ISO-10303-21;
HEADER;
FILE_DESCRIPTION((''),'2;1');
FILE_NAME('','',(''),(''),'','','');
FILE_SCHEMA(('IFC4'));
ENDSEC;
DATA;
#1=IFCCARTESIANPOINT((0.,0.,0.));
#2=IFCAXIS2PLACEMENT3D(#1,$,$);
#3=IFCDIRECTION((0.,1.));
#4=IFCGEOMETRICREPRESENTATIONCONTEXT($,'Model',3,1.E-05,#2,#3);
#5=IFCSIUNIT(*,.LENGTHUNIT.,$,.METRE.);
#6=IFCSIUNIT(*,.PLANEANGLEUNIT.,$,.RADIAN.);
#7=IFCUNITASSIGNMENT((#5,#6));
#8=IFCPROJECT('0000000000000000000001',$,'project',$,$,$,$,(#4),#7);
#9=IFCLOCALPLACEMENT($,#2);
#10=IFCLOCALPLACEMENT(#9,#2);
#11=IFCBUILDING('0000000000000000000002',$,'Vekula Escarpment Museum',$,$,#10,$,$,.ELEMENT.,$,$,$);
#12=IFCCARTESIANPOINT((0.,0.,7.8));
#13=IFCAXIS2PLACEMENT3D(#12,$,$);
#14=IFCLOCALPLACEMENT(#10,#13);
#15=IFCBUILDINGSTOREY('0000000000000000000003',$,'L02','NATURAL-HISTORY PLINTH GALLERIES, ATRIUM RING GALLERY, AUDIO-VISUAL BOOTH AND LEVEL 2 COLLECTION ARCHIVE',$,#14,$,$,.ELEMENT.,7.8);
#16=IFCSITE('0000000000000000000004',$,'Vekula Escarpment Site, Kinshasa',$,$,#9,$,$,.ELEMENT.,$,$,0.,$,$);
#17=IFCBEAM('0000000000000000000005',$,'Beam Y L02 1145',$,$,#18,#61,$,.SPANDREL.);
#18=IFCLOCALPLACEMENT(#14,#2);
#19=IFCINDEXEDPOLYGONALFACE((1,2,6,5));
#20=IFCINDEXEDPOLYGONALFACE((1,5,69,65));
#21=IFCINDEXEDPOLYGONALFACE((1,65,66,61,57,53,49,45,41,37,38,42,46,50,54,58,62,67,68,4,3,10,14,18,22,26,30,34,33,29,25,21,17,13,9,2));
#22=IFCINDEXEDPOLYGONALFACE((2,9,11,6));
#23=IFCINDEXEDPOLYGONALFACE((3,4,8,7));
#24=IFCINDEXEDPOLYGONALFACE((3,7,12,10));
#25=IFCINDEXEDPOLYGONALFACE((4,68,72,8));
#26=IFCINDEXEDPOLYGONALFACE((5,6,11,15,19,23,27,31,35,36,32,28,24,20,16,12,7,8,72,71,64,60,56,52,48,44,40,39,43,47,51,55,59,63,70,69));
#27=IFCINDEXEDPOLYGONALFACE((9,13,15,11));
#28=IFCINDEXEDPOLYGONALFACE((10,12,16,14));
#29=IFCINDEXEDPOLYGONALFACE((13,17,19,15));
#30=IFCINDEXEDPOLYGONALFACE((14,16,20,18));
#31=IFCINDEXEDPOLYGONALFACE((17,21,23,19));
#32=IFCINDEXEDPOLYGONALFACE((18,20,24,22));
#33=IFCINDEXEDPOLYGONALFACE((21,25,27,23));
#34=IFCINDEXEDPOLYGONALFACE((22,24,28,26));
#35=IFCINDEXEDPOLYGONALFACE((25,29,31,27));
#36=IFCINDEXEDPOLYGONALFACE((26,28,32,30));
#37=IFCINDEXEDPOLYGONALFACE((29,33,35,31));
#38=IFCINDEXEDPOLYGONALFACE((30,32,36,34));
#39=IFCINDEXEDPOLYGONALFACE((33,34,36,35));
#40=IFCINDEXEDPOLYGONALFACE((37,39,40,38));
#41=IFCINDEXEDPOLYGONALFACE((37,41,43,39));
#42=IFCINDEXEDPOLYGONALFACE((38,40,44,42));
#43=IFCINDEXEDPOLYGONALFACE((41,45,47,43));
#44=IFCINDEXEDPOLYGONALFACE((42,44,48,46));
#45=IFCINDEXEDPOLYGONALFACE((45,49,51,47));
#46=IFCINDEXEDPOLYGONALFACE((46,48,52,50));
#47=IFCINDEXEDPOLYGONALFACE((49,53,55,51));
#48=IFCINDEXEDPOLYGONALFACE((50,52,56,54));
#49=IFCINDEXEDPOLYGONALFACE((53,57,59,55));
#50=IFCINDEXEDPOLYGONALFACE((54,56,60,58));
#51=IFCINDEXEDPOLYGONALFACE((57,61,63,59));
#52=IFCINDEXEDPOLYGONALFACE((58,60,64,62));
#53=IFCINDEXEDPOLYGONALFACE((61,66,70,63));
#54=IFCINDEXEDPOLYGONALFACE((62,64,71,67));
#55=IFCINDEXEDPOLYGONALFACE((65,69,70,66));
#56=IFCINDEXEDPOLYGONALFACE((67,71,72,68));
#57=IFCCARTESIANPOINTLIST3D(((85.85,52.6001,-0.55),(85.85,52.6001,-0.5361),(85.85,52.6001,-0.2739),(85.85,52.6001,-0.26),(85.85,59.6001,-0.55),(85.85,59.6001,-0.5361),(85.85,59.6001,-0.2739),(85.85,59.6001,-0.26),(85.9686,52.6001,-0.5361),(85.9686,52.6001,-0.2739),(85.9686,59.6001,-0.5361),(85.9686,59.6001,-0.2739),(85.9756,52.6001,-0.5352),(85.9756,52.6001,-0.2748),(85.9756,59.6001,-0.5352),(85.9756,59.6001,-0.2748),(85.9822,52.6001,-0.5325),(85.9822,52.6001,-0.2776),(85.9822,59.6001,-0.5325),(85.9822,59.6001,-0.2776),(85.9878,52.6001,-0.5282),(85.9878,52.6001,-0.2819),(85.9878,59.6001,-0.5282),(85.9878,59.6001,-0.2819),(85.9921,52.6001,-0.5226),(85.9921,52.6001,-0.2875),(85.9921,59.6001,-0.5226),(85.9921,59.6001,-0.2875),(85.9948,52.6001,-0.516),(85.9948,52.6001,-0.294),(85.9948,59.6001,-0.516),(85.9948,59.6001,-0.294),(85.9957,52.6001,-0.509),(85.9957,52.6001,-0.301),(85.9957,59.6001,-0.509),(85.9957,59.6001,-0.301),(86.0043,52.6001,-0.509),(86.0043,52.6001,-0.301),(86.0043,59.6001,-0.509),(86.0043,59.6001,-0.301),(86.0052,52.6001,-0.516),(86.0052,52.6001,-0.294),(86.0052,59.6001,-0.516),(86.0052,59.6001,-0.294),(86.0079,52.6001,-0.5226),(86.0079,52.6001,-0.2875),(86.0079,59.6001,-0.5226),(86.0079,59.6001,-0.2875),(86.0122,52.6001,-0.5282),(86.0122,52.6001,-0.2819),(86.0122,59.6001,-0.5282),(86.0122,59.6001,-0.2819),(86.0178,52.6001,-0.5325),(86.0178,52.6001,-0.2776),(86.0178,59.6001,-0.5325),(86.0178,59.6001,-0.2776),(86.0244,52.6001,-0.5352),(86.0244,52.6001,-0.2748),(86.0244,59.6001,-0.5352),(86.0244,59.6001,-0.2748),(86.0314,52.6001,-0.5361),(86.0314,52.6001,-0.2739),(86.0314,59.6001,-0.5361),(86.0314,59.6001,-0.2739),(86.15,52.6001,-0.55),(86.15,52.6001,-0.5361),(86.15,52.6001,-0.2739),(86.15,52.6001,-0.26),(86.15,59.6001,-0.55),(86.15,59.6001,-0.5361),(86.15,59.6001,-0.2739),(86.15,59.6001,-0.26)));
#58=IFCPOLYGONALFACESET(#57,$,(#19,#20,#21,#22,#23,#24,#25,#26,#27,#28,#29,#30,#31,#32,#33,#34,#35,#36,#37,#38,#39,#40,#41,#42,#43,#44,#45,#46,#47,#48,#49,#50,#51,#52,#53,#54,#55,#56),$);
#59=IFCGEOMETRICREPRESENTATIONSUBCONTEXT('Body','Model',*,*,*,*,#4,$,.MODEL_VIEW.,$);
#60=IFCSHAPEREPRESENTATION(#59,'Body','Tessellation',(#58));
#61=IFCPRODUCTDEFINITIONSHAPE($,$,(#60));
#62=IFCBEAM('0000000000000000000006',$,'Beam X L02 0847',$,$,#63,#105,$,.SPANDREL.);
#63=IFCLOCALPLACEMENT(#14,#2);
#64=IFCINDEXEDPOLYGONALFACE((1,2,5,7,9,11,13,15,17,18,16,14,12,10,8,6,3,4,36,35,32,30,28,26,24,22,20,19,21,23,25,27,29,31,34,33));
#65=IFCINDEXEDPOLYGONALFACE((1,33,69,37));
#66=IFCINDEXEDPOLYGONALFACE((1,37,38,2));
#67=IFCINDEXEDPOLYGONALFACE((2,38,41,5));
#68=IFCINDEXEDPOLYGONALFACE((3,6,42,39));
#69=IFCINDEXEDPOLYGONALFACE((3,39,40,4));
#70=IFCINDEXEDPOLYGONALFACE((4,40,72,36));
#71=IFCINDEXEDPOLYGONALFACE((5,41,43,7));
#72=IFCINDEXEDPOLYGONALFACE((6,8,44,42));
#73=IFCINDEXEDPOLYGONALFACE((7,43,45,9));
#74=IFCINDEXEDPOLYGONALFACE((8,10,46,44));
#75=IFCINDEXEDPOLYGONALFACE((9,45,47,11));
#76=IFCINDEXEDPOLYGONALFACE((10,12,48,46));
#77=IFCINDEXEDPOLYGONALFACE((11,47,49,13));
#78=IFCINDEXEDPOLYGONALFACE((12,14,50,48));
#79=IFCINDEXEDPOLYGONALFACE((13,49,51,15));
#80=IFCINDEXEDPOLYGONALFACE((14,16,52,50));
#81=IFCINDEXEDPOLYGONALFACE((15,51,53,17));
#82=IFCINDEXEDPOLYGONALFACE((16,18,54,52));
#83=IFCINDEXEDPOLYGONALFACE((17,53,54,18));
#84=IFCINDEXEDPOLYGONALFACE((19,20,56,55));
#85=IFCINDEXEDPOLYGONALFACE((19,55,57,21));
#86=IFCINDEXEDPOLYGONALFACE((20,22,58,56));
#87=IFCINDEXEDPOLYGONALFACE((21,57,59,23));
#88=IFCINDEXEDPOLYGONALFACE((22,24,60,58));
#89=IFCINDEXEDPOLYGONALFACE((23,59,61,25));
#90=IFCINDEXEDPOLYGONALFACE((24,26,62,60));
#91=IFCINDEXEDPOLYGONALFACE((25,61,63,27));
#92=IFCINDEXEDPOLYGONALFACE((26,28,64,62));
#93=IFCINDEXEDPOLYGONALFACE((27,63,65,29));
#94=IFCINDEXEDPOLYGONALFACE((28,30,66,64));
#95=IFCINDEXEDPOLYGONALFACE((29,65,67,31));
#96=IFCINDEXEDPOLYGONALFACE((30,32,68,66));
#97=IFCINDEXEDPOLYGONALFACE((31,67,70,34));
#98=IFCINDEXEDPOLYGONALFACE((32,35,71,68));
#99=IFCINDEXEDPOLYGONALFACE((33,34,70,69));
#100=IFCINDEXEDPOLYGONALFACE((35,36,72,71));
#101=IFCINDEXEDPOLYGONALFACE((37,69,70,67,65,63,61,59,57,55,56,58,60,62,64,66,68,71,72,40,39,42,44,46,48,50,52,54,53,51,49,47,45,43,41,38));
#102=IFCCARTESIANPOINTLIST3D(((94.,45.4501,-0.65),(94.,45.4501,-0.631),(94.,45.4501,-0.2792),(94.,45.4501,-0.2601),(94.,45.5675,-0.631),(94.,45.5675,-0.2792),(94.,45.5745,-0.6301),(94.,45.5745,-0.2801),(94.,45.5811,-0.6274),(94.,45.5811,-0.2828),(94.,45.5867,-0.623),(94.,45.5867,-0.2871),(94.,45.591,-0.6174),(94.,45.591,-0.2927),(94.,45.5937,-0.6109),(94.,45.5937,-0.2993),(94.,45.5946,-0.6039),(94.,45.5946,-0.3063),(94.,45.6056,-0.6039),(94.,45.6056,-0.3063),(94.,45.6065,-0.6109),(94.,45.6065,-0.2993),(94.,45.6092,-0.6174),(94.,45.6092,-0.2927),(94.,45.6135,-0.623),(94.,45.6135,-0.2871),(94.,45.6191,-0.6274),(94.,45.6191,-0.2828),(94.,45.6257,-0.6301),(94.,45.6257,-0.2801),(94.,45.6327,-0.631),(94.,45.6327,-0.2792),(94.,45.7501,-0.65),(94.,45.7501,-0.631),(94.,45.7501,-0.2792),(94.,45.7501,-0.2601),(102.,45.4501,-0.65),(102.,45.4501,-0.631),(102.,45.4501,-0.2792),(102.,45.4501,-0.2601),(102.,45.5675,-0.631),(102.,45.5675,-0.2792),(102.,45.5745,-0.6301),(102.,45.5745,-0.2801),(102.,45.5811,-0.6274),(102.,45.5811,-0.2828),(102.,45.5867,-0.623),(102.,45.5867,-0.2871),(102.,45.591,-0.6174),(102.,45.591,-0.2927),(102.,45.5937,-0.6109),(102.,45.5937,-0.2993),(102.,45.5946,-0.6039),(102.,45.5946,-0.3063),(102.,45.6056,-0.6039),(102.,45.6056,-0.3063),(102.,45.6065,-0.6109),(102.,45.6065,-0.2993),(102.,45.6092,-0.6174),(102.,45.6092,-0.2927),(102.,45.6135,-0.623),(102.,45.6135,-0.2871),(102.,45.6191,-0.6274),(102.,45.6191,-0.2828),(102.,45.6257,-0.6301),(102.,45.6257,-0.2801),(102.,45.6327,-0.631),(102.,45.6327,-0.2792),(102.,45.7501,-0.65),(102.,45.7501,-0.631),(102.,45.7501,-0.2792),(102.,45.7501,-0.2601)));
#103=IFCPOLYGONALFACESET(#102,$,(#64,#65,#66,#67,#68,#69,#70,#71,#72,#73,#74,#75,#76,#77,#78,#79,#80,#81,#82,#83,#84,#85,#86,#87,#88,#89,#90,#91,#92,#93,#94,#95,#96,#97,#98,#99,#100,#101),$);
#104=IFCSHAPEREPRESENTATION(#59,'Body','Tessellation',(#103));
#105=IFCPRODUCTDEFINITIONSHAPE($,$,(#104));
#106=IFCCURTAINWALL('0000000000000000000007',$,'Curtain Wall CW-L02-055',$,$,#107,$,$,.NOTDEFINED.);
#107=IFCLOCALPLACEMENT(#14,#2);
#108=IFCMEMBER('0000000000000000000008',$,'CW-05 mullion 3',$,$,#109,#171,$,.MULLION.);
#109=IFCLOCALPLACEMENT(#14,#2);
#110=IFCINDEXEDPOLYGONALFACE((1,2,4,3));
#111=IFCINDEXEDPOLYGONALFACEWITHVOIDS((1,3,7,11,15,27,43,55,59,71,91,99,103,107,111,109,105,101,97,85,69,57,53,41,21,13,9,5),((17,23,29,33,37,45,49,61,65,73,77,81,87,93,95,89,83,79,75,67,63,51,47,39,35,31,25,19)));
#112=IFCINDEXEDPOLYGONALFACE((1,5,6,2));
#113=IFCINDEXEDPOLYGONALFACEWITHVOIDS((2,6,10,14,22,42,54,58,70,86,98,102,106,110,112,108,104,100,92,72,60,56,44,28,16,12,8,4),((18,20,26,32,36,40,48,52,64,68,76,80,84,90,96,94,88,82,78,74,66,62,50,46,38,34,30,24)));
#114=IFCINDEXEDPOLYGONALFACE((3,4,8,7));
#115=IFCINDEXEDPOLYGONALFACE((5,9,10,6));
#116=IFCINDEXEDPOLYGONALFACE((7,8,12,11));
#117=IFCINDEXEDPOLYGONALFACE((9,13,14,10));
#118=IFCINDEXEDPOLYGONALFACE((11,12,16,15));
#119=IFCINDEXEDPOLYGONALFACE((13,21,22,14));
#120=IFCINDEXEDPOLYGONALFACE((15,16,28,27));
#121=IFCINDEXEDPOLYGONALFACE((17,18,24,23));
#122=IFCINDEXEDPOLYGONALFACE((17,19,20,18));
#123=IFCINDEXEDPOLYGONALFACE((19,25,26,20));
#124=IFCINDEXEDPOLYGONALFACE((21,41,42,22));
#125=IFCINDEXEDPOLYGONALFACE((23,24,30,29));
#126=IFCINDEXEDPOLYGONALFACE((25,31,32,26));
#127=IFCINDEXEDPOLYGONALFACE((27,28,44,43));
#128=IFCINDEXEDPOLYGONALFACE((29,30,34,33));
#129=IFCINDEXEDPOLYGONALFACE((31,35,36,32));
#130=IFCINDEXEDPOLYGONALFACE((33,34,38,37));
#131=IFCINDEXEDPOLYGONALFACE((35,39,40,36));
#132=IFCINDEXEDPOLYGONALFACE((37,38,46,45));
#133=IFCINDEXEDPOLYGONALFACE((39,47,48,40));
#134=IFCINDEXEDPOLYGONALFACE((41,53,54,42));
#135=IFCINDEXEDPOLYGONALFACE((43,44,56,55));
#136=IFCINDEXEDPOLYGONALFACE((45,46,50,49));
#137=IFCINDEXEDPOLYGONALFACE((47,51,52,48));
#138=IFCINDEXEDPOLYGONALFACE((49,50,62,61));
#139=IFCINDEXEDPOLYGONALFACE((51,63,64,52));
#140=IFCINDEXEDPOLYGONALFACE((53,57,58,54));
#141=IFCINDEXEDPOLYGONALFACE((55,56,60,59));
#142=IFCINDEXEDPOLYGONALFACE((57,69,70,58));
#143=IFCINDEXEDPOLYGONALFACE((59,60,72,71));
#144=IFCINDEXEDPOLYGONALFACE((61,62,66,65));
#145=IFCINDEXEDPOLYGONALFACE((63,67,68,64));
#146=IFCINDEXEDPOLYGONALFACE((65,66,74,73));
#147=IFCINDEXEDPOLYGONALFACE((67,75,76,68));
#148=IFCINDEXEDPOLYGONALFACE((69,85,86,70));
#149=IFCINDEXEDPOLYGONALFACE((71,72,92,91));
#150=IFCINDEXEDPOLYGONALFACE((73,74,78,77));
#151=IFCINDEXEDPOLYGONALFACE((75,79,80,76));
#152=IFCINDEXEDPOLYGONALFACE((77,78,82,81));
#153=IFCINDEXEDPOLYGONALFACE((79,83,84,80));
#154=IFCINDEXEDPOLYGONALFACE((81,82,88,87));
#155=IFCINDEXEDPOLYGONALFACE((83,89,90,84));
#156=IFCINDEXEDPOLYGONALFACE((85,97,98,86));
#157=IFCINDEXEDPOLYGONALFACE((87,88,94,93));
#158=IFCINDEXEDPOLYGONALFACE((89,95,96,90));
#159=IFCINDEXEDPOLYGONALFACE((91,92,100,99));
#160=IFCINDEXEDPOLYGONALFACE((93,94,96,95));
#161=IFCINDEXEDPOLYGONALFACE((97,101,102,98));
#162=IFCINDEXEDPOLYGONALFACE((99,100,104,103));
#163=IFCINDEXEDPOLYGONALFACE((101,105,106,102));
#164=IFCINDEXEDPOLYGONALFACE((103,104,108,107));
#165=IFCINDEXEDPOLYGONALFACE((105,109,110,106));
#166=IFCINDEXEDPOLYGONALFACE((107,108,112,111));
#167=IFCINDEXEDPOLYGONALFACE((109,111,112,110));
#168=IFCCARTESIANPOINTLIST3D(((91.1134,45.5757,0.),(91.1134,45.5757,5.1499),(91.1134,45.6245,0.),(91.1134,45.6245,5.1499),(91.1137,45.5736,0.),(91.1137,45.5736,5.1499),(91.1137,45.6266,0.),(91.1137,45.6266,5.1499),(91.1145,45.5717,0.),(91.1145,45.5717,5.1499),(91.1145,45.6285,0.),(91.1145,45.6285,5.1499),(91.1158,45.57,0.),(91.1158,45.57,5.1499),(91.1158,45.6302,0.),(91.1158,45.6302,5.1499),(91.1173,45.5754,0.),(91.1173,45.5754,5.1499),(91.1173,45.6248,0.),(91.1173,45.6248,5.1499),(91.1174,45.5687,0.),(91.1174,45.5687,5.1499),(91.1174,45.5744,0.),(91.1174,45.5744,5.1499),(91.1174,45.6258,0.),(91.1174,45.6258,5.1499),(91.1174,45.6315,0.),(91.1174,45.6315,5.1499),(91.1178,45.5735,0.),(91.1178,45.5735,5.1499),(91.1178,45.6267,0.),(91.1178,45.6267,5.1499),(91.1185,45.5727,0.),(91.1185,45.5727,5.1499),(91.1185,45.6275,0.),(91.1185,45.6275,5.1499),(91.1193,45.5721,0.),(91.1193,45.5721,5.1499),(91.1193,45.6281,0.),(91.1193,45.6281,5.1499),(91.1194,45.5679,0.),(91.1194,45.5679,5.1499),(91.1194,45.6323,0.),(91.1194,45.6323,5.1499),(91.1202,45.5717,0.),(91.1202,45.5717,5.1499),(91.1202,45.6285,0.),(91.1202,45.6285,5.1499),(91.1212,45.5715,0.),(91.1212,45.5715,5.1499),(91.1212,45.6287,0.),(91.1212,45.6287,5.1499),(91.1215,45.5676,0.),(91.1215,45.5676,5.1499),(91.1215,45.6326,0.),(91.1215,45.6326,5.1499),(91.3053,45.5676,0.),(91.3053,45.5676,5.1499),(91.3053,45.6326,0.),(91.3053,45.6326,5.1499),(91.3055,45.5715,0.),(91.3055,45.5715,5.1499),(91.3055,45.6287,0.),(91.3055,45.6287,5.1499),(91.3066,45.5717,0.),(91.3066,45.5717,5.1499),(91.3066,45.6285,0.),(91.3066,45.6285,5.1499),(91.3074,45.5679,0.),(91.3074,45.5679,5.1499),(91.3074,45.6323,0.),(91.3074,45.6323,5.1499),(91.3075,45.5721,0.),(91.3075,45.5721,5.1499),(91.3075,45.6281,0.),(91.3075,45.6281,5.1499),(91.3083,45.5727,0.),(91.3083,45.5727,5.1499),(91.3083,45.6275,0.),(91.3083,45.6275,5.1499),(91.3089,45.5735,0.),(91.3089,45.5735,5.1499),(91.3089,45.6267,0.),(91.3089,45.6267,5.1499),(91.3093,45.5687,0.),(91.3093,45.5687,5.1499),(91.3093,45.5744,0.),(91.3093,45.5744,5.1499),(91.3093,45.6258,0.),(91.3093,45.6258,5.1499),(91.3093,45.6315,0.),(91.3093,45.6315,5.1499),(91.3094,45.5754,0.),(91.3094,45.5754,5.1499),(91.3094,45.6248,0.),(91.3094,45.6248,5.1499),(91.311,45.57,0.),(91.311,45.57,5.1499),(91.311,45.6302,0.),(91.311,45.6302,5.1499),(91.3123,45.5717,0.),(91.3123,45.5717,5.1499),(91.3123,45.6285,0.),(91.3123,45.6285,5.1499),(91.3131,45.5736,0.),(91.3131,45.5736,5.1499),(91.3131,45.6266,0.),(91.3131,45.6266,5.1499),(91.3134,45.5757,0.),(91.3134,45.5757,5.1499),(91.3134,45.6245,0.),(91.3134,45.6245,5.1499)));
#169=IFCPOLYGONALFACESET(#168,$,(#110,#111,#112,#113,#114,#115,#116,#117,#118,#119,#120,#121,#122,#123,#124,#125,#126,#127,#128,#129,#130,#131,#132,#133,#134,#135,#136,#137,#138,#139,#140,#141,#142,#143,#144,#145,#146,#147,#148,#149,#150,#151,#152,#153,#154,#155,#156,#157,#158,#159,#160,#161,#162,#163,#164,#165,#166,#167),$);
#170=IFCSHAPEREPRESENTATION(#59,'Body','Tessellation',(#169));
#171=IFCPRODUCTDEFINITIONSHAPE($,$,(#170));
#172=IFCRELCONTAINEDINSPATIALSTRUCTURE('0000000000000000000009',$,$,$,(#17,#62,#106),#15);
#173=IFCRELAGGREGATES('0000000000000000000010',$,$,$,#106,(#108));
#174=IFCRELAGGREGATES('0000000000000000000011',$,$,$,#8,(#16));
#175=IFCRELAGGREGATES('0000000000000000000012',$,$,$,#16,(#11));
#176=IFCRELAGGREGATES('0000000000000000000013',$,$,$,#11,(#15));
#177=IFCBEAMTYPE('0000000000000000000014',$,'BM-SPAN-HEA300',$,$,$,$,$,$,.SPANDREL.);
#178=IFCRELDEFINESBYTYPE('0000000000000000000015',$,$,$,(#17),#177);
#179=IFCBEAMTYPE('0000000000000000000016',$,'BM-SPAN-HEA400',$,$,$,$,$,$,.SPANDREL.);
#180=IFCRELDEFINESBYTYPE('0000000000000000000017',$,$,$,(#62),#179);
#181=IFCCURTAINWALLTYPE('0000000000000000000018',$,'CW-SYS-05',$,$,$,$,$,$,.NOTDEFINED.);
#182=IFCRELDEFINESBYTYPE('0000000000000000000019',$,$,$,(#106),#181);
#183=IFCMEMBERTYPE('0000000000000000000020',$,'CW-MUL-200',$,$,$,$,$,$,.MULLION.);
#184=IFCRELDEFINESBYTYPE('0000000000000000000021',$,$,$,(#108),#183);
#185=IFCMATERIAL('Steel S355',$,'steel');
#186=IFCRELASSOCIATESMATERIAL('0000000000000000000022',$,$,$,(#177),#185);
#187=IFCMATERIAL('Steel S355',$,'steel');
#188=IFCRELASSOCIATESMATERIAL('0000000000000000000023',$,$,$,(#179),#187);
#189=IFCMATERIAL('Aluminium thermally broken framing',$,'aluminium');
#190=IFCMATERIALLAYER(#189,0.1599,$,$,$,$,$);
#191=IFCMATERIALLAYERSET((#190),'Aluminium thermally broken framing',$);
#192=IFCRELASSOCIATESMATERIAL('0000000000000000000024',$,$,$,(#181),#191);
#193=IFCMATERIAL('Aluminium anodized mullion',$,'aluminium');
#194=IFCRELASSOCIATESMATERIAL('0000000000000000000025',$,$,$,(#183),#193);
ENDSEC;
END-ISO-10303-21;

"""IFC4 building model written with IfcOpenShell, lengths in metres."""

from ifc_helpers import new_model, si_unit, direction, frame, origin, origin_2d, place, context, subcontext, project, spatial, hollow_rectangle, i_section, extrude, material, layer, layer_set, material_profile, profile_set, type_object, element, aggregate, save


model = new_model("IFC4")

# Units and contexts
model_context = context("Model", 3, precision=1e-05, world=origin(), true_north=direction((0.0, 1.0)))
body_context = subcontext(model_context, "Body", "Model", "MODEL_VIEW")
ifc_project = project(units=[si_unit("LENGTHUNIT", "METRE"), si_unit("PLANEANGLEUNIT", "RADIAN")], contexts=[model_context])

# Site, building, storey
site_placement = place(None, origin())
site = spatial("IfcSite", under=ifc_project, at=site_placement, Name="Vekula Escarpment Site, Kinshasa", CompositionType="ELEMENT", RefElevation=0.0)
building_placement = place(site_placement, origin())
building = spatial("IfcBuilding", under=site, at=building_placement, Name="Vekula Escarpment Museum", CompositionType="ELEMENT")
storey_placement = place(building_placement, frame((0.0, 0.0, 7.8)))
storey = spatial("IfcBuildingStorey", under=building, at=storey_placement, Name="L02", Description="NATURAL-HISTORY PLINTH GALLERIES, ATRIUM RING GALLERY, AUDIO-VISUAL BOOTH AND LEVEL 2 COLLECTION ARCHIVE", CompositionType="ELEMENT", Elevation=7.8)

# Beams
ifc_material_1 = material(Name="Steel S355", Category="steel")
ifc_material_profile_1 = material_profile(ifc_material_1, i_section(OverallWidth=0.3, OverallDepth=0.29, WebThickness=0.0085, FlangeThickness=0.0139, FilletRadius=0.0271, at=origin_2d()), Name="HEA 300")
ifc_profile_set_1 = profile_set([ifc_material_profile_1], Name="Steel S355")
beam_type_1 = type_object("IfcBeamType", Name="BM-SPAN-HEA300", PredefinedType="SPANDREL", material=ifc_profile_set_1)
beam_1_placement = place(storey_placement, frame((86.0, 52.6001, -0.405), z_axis=(0.0, 1.0, 0.0), x_axis=(-1.0, 0.0, 0.0)))
element("IfcBeam", 1, at=beam_1_placement, inside=storey, type_object=beam_type_1, Name="Beam Y L02 1145", PredefinedType="SPANDREL", context=body_context, shape_type="SweptSolid", body=[
    extrude(i_section(OverallWidth=0.3, OverallDepth=0.29, WebThickness=0.0085, FlangeThickness=0.0139, FilletRadius=0.0271, at=origin_2d()), origin(), (0.0, 0.0, 1.0), 7.0),
])
ifc_material_2 = material(Name="Steel S355", Category="steel")
ifc_material_profile_2 = material_profile(ifc_material_2, i_section(OverallWidth=0.3, OverallDepth=0.3899, WebThickness=0.011, FlangeThickness=0.019, FilletRadius=0.0271, at=origin_2d()), Name="HEA 400")
ifc_profile_set_2 = profile_set([ifc_material_profile_2], Name="Steel S355")
beam_type_2 = type_object("IfcBeamType", Name="BM-SPAN-HEA400", PredefinedType="SPANDREL", material=ifc_profile_set_2)
beam_2_placement = place(storey_placement, frame((94.0, 45.6001, -0.4551), z_axis=(1.0, 0.0, 0.0), x_axis=(0.0, 1.0, 0.0)))
element("IfcBeam", 2, at=beam_2_placement, inside=storey, type_object=beam_type_2, Name="Beam X L02 0847", PredefinedType="SPANDREL", context=body_context, shape_type="SweptSolid", body=[
    extrude(i_section(OverallWidth=0.3, OverallDepth=0.3899, WebThickness=0.011, FlangeThickness=0.019, FilletRadius=0.0271, at=origin_2d()), origin(), (0.0, 0.0, 1.0), 8.0),
])

# Curtain wall, member
ifc_material_3 = material(Name="Aluminium thermally broken framing", Category="aluminium")
ifc_layer_1 = layer(ifc_material_3, 0.1599)
ifc_layer_set_1 = layer_set([ifc_layer_1], Name="Aluminium thermally broken framing")
curtain_wall_type = type_object("IfcCurtainWallType", Name="CW-SYS-05", PredefinedType="NOTDEFINED", material=ifc_layer_set_1)
curtain_wall_placement = place(storey_placement, origin())
curtain_wall = element("IfcCurtainWall", 3, at=curtain_wall_placement, inside=storey, type_object=curtain_wall_type, Name="Curtain Wall CW-L02-055", PredefinedType="NOTDEFINED")
ifc_material_4 = material(Name="Aluminium anodized mullion", Category="aluminium")
ifc_material_profile_3 = material_profile(ifc_material_4, hollow_rectangle(XDim=0.0649, YDim=0.2, WallThickness=0.0039, InnerFilletRadius=0.0039, OuterFilletRadius=0.0081, at=origin_2d()), Name="ALU 200x65x4")
ifc_profile_set_3 = profile_set([ifc_material_profile_3], Name="Aluminium anodized mullion")
member_type_1 = type_object("IfcMemberType", Name="CW-MUL-200", PredefinedType="MULLION", material=ifc_profile_set_3)
member_1_placement = place(storey_placement, frame((91.2134, 45.6001, 0.0), z_axis=(0.0, 0.0, 1.0), x_axis=(0.0, 1.0, 0.0)))
member_1 = element("IfcMember", 4, at=member_1_placement, type_object=member_type_1, Name="CW-05 mullion 3", PredefinedType="MULLION", context=body_context, shape_type="SweptSolid", body=[
    extrude(hollow_rectangle(XDim=0.0649, YDim=0.2, WallThickness=0.0039, InnerFilletRadius=0.0039, OuterFilletRadius=0.0081, at=origin_2d()), origin(), (0.0, 0.0, 1.0), 5.1499),
])
aggregate(curtain_wall, [member_1])

save(model, "model.ifc")
